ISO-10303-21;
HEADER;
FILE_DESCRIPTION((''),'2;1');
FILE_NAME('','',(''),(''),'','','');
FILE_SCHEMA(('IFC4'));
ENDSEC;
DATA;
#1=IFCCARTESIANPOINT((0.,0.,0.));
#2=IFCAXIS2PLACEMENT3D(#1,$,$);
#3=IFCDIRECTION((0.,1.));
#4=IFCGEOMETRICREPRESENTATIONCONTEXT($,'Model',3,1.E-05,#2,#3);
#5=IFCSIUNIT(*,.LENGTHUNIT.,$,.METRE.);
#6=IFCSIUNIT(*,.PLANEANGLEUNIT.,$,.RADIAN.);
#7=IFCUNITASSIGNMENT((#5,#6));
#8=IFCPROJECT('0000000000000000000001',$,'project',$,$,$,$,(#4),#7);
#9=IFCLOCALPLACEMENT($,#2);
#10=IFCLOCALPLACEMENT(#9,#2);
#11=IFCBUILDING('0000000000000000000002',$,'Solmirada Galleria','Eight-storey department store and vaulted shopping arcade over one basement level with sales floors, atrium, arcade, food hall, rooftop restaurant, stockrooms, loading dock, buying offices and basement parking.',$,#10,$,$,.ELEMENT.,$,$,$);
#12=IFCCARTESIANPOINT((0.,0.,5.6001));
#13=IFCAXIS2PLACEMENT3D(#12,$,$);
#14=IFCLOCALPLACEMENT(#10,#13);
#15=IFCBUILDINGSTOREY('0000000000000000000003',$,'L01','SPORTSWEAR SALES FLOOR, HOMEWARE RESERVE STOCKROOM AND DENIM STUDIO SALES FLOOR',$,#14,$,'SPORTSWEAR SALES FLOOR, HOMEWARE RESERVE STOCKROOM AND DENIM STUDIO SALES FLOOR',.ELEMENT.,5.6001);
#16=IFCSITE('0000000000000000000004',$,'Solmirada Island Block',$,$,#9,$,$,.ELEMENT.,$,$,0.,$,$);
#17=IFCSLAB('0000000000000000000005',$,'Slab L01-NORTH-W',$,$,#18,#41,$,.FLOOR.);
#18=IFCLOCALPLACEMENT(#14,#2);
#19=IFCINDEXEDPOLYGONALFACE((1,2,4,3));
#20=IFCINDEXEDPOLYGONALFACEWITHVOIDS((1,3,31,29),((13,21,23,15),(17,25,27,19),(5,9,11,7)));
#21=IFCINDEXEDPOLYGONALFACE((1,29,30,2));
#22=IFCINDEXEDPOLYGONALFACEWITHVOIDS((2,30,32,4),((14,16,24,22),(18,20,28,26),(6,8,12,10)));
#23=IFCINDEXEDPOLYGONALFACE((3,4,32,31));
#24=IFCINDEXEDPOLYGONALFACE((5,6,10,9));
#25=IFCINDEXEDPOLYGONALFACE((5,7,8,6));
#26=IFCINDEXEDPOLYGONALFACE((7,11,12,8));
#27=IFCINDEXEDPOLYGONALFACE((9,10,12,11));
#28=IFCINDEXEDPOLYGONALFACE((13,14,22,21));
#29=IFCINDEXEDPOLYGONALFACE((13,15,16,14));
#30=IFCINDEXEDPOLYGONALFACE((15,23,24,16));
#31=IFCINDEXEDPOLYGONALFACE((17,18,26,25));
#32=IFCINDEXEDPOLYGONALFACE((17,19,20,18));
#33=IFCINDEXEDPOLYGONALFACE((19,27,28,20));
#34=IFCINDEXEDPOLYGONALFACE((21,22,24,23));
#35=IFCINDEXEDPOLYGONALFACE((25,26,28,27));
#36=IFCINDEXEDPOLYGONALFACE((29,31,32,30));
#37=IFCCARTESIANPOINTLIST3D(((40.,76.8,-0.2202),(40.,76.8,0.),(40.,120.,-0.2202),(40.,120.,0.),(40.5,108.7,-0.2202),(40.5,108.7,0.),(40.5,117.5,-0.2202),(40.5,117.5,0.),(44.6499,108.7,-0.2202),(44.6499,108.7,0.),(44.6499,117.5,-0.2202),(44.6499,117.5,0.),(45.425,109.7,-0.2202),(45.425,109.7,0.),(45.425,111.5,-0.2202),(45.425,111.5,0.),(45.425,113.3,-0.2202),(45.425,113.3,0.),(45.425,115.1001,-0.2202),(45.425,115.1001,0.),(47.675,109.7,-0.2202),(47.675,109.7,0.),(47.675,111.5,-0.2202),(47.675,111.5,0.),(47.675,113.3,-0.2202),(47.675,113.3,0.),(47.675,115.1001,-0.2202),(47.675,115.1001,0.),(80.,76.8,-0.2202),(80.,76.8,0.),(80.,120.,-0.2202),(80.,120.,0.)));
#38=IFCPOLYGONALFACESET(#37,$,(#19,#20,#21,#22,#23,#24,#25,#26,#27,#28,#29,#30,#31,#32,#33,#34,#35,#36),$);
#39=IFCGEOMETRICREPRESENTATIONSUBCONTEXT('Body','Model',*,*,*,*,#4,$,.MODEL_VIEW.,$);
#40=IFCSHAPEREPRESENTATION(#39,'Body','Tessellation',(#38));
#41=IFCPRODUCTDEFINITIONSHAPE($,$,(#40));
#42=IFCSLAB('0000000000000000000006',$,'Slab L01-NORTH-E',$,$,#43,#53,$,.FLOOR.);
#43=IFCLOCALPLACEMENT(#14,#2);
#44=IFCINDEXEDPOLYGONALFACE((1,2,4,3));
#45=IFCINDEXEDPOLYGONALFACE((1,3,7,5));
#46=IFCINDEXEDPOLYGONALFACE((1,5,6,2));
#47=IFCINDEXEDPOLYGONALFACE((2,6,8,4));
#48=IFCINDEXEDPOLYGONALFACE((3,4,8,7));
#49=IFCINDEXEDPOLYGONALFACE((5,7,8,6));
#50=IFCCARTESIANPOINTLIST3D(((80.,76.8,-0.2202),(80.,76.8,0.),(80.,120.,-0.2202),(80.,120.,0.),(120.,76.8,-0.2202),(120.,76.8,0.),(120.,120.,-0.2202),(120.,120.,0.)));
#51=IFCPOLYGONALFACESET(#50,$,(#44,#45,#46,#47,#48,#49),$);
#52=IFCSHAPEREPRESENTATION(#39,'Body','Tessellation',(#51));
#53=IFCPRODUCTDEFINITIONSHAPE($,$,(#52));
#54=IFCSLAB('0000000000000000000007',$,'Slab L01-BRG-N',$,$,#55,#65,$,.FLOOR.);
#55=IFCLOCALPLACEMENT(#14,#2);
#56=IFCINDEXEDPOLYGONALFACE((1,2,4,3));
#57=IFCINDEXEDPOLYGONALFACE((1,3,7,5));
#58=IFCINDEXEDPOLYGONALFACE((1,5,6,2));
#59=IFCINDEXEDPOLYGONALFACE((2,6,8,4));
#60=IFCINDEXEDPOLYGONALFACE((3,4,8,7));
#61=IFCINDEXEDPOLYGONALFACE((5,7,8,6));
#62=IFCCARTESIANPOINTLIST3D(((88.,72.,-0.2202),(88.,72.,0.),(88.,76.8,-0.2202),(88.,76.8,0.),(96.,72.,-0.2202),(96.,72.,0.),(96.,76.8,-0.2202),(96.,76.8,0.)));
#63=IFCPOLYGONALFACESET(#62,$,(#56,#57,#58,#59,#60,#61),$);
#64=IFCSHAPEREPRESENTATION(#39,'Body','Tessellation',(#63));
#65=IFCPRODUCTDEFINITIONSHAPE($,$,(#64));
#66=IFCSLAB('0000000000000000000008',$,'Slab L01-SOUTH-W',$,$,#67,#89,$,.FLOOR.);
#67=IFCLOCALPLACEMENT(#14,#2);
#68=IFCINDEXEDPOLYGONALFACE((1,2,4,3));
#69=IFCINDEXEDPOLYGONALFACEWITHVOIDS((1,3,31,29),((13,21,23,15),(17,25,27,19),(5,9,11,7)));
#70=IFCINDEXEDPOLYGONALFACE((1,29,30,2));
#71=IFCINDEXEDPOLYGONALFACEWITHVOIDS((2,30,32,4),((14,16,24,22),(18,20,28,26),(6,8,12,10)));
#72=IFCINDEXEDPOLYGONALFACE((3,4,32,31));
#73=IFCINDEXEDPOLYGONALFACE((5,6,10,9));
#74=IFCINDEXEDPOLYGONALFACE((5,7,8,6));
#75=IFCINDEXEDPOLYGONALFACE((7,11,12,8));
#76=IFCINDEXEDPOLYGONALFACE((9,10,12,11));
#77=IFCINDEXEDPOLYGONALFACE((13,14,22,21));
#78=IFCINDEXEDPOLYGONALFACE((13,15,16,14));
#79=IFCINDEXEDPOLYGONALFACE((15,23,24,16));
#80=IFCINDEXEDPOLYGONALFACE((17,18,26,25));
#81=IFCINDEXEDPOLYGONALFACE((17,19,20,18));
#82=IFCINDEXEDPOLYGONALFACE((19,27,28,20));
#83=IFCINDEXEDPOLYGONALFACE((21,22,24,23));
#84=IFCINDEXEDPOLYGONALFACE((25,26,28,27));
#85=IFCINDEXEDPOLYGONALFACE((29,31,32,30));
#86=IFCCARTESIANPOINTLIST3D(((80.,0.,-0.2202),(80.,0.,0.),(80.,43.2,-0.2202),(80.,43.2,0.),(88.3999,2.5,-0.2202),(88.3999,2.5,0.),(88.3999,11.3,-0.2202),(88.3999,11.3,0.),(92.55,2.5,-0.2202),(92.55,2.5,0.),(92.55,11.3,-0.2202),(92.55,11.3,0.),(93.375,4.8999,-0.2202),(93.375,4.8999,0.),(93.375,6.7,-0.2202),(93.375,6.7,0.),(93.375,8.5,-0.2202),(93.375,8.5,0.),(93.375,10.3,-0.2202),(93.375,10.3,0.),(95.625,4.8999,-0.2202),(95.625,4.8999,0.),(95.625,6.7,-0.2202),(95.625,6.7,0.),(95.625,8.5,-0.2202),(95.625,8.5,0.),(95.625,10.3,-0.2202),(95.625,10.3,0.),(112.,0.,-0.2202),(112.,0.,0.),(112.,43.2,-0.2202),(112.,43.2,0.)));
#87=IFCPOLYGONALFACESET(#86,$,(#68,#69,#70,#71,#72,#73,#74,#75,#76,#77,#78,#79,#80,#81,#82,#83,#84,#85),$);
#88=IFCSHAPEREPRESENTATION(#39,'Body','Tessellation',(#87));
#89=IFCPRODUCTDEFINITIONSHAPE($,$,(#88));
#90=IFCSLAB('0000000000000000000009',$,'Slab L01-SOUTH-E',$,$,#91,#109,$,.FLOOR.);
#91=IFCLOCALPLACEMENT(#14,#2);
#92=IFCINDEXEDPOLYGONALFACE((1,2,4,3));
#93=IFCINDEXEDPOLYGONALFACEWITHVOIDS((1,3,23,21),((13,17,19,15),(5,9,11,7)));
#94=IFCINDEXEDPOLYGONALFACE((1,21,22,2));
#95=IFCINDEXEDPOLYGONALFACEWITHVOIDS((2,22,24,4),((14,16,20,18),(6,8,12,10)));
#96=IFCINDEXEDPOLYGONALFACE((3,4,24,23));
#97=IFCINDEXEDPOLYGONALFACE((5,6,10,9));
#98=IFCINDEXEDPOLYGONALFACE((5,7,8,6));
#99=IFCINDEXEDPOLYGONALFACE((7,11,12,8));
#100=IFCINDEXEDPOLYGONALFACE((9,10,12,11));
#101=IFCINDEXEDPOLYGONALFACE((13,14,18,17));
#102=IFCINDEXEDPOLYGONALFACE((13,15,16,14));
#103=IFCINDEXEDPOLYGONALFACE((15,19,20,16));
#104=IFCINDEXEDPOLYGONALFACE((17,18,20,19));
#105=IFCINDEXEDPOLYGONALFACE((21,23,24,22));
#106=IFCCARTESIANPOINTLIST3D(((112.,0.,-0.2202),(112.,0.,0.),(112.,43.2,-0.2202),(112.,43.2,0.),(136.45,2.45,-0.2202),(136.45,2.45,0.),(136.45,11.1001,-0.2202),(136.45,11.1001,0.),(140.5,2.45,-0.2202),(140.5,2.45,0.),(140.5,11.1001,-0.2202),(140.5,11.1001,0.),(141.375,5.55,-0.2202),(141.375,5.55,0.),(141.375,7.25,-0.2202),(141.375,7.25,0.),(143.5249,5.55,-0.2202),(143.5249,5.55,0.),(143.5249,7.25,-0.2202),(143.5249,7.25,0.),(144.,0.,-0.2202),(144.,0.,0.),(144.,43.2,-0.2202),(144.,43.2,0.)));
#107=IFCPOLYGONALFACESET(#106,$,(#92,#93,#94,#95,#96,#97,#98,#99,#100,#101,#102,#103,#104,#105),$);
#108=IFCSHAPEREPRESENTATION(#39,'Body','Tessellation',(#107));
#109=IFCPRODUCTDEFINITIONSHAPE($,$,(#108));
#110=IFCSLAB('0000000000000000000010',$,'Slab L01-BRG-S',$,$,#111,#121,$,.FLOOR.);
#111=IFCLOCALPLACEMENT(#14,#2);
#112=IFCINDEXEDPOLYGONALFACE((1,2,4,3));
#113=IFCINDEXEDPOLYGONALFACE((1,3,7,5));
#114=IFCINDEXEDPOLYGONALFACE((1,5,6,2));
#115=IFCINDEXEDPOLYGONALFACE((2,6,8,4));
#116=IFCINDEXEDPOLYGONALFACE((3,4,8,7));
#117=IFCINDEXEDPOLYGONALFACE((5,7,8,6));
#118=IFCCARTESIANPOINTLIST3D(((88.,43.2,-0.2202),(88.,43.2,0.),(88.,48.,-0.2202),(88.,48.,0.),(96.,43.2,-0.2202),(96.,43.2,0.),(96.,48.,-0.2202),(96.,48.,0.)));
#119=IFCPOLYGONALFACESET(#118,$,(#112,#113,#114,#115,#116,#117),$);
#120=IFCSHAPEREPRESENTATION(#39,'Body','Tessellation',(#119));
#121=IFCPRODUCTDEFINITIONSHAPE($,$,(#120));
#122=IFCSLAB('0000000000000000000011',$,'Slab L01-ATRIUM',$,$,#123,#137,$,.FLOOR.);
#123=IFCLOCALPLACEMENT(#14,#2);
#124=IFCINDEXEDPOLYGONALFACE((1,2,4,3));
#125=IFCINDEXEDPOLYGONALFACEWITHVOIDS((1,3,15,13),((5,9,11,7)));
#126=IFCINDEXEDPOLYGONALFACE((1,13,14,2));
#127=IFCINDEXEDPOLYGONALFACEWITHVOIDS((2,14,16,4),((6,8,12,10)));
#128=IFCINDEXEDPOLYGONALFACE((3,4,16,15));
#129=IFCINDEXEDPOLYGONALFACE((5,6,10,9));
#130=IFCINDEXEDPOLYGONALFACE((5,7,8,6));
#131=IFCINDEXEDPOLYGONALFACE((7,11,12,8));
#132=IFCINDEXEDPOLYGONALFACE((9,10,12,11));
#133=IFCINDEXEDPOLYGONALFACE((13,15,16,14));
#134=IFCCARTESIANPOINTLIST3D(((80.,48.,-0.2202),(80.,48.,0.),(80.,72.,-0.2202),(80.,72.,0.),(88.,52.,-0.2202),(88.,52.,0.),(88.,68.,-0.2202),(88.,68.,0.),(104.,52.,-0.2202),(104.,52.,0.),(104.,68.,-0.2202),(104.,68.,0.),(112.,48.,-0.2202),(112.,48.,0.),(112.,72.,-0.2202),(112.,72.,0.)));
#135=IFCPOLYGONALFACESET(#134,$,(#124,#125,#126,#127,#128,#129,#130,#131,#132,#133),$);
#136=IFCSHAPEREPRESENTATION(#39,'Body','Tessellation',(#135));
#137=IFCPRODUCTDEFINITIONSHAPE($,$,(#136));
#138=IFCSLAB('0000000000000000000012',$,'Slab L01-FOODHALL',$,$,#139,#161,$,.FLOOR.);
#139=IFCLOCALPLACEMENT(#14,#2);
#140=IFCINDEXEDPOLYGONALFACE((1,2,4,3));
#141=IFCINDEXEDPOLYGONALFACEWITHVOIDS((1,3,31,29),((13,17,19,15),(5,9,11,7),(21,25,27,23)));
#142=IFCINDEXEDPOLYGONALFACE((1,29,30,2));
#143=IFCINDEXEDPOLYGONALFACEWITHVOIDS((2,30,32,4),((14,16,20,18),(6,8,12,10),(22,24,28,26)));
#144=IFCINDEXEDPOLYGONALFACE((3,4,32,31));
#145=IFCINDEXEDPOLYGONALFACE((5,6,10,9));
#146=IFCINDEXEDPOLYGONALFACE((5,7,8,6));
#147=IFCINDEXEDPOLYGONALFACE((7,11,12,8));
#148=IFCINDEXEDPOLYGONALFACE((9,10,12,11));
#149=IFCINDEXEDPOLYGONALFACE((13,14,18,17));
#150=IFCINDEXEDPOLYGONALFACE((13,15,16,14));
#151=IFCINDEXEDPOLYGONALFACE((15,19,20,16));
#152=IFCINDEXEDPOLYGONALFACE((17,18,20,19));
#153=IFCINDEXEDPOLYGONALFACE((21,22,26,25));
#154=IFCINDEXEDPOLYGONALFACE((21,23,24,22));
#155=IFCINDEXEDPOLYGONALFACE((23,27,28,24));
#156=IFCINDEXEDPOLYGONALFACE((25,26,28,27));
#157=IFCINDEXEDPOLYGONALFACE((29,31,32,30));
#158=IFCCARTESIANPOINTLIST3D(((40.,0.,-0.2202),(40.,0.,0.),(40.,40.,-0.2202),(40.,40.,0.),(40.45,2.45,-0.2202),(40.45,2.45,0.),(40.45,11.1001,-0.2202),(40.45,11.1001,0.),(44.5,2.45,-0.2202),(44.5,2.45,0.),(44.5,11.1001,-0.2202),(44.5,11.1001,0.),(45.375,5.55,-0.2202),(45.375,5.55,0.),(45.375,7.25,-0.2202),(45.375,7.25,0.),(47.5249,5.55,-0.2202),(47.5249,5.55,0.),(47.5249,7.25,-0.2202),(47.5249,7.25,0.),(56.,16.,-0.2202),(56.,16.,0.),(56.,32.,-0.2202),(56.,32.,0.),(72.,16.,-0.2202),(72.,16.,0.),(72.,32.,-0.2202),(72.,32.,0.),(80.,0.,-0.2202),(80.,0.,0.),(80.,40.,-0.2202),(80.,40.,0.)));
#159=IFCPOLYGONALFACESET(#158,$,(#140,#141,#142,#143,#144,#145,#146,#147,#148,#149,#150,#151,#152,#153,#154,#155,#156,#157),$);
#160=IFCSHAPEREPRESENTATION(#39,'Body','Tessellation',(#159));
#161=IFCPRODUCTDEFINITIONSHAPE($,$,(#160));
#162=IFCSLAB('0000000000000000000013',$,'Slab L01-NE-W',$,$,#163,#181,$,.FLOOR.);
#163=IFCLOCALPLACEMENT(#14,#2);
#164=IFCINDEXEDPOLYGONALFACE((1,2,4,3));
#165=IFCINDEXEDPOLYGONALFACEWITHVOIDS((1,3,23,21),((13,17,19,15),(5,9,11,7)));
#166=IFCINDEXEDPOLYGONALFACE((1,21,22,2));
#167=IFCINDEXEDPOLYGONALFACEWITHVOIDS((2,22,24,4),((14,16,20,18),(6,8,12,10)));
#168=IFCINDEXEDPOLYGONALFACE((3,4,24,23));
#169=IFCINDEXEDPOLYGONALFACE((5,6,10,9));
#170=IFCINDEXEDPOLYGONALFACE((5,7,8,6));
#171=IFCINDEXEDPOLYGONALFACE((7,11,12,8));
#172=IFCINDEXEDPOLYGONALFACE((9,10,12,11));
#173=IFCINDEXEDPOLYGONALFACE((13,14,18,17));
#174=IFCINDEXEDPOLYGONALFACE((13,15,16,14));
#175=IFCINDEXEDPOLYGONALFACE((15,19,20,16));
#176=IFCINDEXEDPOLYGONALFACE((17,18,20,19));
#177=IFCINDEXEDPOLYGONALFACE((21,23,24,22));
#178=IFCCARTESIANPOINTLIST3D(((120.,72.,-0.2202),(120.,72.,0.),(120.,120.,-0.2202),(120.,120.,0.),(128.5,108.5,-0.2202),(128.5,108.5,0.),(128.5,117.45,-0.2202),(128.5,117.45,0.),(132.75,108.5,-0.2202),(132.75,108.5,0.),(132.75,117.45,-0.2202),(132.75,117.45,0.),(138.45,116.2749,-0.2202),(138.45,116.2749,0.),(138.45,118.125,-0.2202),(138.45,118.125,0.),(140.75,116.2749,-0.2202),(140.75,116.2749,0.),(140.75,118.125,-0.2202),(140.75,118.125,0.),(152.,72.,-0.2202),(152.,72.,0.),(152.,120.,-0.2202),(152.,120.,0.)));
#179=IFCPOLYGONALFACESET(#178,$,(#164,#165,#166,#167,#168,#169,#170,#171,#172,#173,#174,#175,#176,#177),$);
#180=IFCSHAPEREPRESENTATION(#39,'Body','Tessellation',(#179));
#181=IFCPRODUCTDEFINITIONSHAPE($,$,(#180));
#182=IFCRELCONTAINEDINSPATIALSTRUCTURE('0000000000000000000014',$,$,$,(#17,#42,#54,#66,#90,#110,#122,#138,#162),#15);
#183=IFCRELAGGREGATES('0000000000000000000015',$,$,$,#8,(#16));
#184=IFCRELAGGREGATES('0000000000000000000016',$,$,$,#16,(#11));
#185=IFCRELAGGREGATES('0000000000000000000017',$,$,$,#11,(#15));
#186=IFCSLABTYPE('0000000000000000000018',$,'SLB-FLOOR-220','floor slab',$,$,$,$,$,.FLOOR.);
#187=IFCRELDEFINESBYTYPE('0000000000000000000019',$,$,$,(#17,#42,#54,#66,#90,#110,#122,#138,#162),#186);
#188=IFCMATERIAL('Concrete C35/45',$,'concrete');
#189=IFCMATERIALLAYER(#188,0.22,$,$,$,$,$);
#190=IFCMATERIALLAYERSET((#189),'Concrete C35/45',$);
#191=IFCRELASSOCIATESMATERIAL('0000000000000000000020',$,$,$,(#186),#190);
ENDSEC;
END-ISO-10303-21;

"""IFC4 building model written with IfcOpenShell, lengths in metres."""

from ifc_helpers import new_model, si_unit, direction, frame, origin, place, context, subcontext, project, spatial, polyline, outline, extrude, material, layer, layer_set, type_object, element, save


model = new_model("IFC4")

# Units and contexts
model_context = context("Model", 3, precision=1e-05, world=origin(), true_north=direction((0.0, 1.0)))
body_context = subcontext(model_context, "Body", "Model", "MODEL_VIEW")
ifc_project = project(units=[si_unit("LENGTHUNIT", "METRE"), si_unit("PLANEANGLEUNIT", "RADIAN")], contexts=[model_context])

# Site, building, storey
site_placement = place(None, origin())
site = spatial("IfcSite", under=ifc_project, at=site_placement, Name="Solmirada Island Block", CompositionType="ELEMENT", RefElevation=0.0)
building_placement = place(site_placement, origin())
building = spatial("IfcBuilding", under=site, at=building_placement, Name="Solmirada Galleria", Description="Eight-storey department store and vaulted shopping arcade over one basement level with sales floors, atrium, arcade, food hall, rooftop restaurant, stockrooms, loading dock, buying offices and basement parking.", CompositionType="ELEMENT")
storey_placement = place(building_placement, frame((0.0, 0.0, 5.6001)))
storey = spatial("IfcBuildingStorey", under=building, at=storey_placement, Name="L01", Description="SPORTSWEAR SALES FLOOR, HOMEWARE RESERVE STOCKROOM AND DENIM STUDIO SALES FLOOR", LongName="SPORTSWEAR SALES FLOOR, HOMEWARE RESERVE STOCKROOM AND DENIM STUDIO SALES FLOOR", CompositionType="ELEMENT", Elevation=5.6001)

# Slabs
ifc_material_1 = material(Name="Concrete C35/45", Category="concrete")
ifc_layer_1 = layer(ifc_material_1, 0.22)
ifc_layer_set_1 = layer_set([ifc_layer_1], Name="Concrete C35/45")
slab_type_1 = type_object("IfcSlabType", Name="SLB-FLOOR-220", Description="floor slab", PredefinedType="FLOOR", material=ifc_layer_set_1)
slab_1_placement = place(storey_placement, frame((0.0, 0.0, -0.2202)))
element("IfcSlab", 1, at=slab_1_placement, inside=storey, type_object=slab_type_1, Name="Slab L01-NORTH-W", PredefinedType="FLOOR", context=body_context, shape_type="SweptSolid", body=[
    extrude(outline(polyline([(40.0, 76.8), (80.0, 76.8), (80.0, 120.0), (40.0, 120.0), (40.0, 76.8)]), holes=[polyline([(40.5, 108.7), (44.6499, 108.7), (44.6499, 117.5), (40.5, 117.5), (40.5, 108.7)]), polyline([(45.425, 113.3), (47.675, 113.3), (47.675, 115.1001), (45.425, 115.1001), (45.425, 113.3)]), polyline([(45.425, 109.7), (47.675, 109.7), (47.675, 111.5), (45.425, 111.5), (45.425, 109.7)])]), origin(), (0.0, 0.0, 1.0), 0.2202),
])
slab_2_placement = place(storey_placement, frame((0.0, 0.0, -0.2202)))
element("IfcSlab", 2, at=slab_2_placement, inside=storey, type_object=slab_type_1, Name="Slab L01-NORTH-E", PredefinedType="FLOOR", context=body_context, shape_type="SweptSolid", body=[
    extrude(outline(polyline([(80.0, 76.8), (120.0, 76.8), (120.0, 120.0), (80.0, 120.0), (80.0, 76.8)])), origin(), (0.0, 0.0, 1.0), 0.2202),
])
slab_3_placement = place(storey_placement, frame((0.0, 0.0, -0.2202)))
element("IfcSlab", 3, at=slab_3_placement, inside=storey, type_object=slab_type_1, Name="Slab L01-BRG-N", PredefinedType="FLOOR", context=body_context, shape_type="SweptSolid", body=[
    extrude(outline(polyline([(88.0, 72.0), (96.0, 72.0), (96.0, 76.8), (88.0, 76.8), (88.0, 72.0)])), origin(), (0.0, 0.0, 1.0), 0.2202),
])
slab_4_placement = place(storey_placement, frame((0.0, 0.0, -0.2202)))
element("IfcSlab", 4, at=slab_4_placement, inside=storey, type_object=slab_type_1, Name="Slab L01-SOUTH-W", PredefinedType="FLOOR", context=body_context, shape_type="SweptSolid", body=[
    extrude(outline(polyline([(80.0, 0.0), (112.0, 0.0), (112.0, 43.2), (80.0, 43.2), (80.0, 0.0)]), holes=[polyline([(88.3999, 2.5), (92.55, 2.5), (92.55, 11.3), (88.3999, 11.3), (88.3999, 2.5)]), polyline([(93.375, 4.8999), (95.625, 4.8999), (95.625, 6.7), (93.375, 6.7), (93.375, 4.8999)]), polyline([(93.375, 8.5), (95.625, 8.5), (95.625, 10.3), (93.375, 10.3), (93.375, 8.5)])]), origin(), (0.0, 0.0, 1.0), 0.2202),
])
slab_5_placement = place(storey_placement, frame((0.0, 0.0, -0.2202)))
element("IfcSlab", 5, at=slab_5_placement, inside=storey, type_object=slab_type_1, Name="Slab L01-SOUTH-E", PredefinedType="FLOOR", context=body_context, shape_type="SweptSolid", body=[
    extrude(outline(polyline([(112.0, 0.0), (144.0, 0.0), (144.0, 43.2), (112.0, 43.2), (112.0, 0.0)]), holes=[polyline([(136.45, 2.45), (140.5, 2.45), (140.5, 11.1001), (136.45, 11.1001), (136.45, 2.45)]), polyline([(141.375, 5.55), (143.5249, 5.55), (143.5249, 7.25), (141.375, 7.25), (141.375, 5.55)])]), origin(), (0.0, 0.0, 1.0), 0.2202),
])
slab_6_placement = place(storey_placement, frame((0.0, 0.0, -0.2202)))
element("IfcSlab", 6, at=slab_6_placement, inside=storey, type_object=slab_type_1, Name="Slab L01-BRG-S", PredefinedType="FLOOR", context=body_context, shape_type="SweptSolid", body=[
    extrude(outline(polyline([(88.0, 43.2), (96.0, 43.2), (96.0, 48.0), (88.0, 48.0), (88.0, 43.2)])), origin(), (0.0, 0.0, 1.0), 0.2202),
])
slab_7_placement = place(storey_placement, frame((0.0, 0.0, -0.2202)))
element("IfcSlab", 7, at=slab_7_placement, inside=storey, type_object=slab_type_1, Name="Slab L01-ATRIUM", PredefinedType="FLOOR", context=body_context, shape_type="SweptSolid", body=[
    extrude(outline(polyline([(80.0, 48.0), (112.0, 48.0), (112.0, 72.0), (80.0, 72.0), (80.0, 48.0)]), holes=[polyline([(88.0, 52.0), (104.0, 52.0), (104.0, 68.0), (88.0, 68.0), (88.0, 52.0)])]), origin(), (0.0, 0.0, 1.0), 0.2202),
])
slab_8_placement = place(storey_placement, frame((0.0, 0.0, -0.2202)))
element("IfcSlab", 8, at=slab_8_placement, inside=storey, type_object=slab_type_1, Name="Slab L01-FOODHALL", PredefinedType="FLOOR", context=body_context, shape_type="SweptSolid", body=[
    extrude(outline(polyline([(40.0, 0.0), (80.0, 0.0), (80.0, 40.0), (40.0, 40.0), (40.0, 0.0)]), holes=[polyline([(56.0, 16.0), (72.0, 16.0), (72.0, 32.0), (56.0, 32.0), (56.0, 16.0)]), polyline([(40.45, 2.45), (44.5, 2.45), (44.5, 11.1001), (40.45, 11.1001), (40.45, 2.45)]), polyline([(45.375, 5.55), (47.5249, 5.55), (47.5249, 7.25), (45.375, 7.25), (45.375, 5.55)])]), origin(), (0.0, 0.0, 1.0), 0.2202),
])
slab_9_placement = place(storey_placement, frame((0.0, 0.0, -0.2202)))
element("IfcSlab", 9, at=slab_9_placement, inside=storey, type_object=slab_type_1, Name="Slab L01-NE-W", PredefinedType="FLOOR", context=body_context, shape_type="SweptSolid", body=[
    extrude(outline(polyline([(120.0, 72.0), (152.0, 72.0), (152.0, 120.0), (120.0, 120.0), (120.0, 72.0)]), holes=[polyline([(128.5, 108.5), (132.75, 108.5), (132.75, 117.45), (128.5, 117.45), (128.5, 108.5)]), polyline([(138.45, 116.2749), (140.75, 116.2749), (140.75, 118.125), (138.45, 118.125), (138.45, 116.2749)])]), origin(), (0.0, 0.0, 1.0), 0.2202),
])

save(model, "model.ifc")
